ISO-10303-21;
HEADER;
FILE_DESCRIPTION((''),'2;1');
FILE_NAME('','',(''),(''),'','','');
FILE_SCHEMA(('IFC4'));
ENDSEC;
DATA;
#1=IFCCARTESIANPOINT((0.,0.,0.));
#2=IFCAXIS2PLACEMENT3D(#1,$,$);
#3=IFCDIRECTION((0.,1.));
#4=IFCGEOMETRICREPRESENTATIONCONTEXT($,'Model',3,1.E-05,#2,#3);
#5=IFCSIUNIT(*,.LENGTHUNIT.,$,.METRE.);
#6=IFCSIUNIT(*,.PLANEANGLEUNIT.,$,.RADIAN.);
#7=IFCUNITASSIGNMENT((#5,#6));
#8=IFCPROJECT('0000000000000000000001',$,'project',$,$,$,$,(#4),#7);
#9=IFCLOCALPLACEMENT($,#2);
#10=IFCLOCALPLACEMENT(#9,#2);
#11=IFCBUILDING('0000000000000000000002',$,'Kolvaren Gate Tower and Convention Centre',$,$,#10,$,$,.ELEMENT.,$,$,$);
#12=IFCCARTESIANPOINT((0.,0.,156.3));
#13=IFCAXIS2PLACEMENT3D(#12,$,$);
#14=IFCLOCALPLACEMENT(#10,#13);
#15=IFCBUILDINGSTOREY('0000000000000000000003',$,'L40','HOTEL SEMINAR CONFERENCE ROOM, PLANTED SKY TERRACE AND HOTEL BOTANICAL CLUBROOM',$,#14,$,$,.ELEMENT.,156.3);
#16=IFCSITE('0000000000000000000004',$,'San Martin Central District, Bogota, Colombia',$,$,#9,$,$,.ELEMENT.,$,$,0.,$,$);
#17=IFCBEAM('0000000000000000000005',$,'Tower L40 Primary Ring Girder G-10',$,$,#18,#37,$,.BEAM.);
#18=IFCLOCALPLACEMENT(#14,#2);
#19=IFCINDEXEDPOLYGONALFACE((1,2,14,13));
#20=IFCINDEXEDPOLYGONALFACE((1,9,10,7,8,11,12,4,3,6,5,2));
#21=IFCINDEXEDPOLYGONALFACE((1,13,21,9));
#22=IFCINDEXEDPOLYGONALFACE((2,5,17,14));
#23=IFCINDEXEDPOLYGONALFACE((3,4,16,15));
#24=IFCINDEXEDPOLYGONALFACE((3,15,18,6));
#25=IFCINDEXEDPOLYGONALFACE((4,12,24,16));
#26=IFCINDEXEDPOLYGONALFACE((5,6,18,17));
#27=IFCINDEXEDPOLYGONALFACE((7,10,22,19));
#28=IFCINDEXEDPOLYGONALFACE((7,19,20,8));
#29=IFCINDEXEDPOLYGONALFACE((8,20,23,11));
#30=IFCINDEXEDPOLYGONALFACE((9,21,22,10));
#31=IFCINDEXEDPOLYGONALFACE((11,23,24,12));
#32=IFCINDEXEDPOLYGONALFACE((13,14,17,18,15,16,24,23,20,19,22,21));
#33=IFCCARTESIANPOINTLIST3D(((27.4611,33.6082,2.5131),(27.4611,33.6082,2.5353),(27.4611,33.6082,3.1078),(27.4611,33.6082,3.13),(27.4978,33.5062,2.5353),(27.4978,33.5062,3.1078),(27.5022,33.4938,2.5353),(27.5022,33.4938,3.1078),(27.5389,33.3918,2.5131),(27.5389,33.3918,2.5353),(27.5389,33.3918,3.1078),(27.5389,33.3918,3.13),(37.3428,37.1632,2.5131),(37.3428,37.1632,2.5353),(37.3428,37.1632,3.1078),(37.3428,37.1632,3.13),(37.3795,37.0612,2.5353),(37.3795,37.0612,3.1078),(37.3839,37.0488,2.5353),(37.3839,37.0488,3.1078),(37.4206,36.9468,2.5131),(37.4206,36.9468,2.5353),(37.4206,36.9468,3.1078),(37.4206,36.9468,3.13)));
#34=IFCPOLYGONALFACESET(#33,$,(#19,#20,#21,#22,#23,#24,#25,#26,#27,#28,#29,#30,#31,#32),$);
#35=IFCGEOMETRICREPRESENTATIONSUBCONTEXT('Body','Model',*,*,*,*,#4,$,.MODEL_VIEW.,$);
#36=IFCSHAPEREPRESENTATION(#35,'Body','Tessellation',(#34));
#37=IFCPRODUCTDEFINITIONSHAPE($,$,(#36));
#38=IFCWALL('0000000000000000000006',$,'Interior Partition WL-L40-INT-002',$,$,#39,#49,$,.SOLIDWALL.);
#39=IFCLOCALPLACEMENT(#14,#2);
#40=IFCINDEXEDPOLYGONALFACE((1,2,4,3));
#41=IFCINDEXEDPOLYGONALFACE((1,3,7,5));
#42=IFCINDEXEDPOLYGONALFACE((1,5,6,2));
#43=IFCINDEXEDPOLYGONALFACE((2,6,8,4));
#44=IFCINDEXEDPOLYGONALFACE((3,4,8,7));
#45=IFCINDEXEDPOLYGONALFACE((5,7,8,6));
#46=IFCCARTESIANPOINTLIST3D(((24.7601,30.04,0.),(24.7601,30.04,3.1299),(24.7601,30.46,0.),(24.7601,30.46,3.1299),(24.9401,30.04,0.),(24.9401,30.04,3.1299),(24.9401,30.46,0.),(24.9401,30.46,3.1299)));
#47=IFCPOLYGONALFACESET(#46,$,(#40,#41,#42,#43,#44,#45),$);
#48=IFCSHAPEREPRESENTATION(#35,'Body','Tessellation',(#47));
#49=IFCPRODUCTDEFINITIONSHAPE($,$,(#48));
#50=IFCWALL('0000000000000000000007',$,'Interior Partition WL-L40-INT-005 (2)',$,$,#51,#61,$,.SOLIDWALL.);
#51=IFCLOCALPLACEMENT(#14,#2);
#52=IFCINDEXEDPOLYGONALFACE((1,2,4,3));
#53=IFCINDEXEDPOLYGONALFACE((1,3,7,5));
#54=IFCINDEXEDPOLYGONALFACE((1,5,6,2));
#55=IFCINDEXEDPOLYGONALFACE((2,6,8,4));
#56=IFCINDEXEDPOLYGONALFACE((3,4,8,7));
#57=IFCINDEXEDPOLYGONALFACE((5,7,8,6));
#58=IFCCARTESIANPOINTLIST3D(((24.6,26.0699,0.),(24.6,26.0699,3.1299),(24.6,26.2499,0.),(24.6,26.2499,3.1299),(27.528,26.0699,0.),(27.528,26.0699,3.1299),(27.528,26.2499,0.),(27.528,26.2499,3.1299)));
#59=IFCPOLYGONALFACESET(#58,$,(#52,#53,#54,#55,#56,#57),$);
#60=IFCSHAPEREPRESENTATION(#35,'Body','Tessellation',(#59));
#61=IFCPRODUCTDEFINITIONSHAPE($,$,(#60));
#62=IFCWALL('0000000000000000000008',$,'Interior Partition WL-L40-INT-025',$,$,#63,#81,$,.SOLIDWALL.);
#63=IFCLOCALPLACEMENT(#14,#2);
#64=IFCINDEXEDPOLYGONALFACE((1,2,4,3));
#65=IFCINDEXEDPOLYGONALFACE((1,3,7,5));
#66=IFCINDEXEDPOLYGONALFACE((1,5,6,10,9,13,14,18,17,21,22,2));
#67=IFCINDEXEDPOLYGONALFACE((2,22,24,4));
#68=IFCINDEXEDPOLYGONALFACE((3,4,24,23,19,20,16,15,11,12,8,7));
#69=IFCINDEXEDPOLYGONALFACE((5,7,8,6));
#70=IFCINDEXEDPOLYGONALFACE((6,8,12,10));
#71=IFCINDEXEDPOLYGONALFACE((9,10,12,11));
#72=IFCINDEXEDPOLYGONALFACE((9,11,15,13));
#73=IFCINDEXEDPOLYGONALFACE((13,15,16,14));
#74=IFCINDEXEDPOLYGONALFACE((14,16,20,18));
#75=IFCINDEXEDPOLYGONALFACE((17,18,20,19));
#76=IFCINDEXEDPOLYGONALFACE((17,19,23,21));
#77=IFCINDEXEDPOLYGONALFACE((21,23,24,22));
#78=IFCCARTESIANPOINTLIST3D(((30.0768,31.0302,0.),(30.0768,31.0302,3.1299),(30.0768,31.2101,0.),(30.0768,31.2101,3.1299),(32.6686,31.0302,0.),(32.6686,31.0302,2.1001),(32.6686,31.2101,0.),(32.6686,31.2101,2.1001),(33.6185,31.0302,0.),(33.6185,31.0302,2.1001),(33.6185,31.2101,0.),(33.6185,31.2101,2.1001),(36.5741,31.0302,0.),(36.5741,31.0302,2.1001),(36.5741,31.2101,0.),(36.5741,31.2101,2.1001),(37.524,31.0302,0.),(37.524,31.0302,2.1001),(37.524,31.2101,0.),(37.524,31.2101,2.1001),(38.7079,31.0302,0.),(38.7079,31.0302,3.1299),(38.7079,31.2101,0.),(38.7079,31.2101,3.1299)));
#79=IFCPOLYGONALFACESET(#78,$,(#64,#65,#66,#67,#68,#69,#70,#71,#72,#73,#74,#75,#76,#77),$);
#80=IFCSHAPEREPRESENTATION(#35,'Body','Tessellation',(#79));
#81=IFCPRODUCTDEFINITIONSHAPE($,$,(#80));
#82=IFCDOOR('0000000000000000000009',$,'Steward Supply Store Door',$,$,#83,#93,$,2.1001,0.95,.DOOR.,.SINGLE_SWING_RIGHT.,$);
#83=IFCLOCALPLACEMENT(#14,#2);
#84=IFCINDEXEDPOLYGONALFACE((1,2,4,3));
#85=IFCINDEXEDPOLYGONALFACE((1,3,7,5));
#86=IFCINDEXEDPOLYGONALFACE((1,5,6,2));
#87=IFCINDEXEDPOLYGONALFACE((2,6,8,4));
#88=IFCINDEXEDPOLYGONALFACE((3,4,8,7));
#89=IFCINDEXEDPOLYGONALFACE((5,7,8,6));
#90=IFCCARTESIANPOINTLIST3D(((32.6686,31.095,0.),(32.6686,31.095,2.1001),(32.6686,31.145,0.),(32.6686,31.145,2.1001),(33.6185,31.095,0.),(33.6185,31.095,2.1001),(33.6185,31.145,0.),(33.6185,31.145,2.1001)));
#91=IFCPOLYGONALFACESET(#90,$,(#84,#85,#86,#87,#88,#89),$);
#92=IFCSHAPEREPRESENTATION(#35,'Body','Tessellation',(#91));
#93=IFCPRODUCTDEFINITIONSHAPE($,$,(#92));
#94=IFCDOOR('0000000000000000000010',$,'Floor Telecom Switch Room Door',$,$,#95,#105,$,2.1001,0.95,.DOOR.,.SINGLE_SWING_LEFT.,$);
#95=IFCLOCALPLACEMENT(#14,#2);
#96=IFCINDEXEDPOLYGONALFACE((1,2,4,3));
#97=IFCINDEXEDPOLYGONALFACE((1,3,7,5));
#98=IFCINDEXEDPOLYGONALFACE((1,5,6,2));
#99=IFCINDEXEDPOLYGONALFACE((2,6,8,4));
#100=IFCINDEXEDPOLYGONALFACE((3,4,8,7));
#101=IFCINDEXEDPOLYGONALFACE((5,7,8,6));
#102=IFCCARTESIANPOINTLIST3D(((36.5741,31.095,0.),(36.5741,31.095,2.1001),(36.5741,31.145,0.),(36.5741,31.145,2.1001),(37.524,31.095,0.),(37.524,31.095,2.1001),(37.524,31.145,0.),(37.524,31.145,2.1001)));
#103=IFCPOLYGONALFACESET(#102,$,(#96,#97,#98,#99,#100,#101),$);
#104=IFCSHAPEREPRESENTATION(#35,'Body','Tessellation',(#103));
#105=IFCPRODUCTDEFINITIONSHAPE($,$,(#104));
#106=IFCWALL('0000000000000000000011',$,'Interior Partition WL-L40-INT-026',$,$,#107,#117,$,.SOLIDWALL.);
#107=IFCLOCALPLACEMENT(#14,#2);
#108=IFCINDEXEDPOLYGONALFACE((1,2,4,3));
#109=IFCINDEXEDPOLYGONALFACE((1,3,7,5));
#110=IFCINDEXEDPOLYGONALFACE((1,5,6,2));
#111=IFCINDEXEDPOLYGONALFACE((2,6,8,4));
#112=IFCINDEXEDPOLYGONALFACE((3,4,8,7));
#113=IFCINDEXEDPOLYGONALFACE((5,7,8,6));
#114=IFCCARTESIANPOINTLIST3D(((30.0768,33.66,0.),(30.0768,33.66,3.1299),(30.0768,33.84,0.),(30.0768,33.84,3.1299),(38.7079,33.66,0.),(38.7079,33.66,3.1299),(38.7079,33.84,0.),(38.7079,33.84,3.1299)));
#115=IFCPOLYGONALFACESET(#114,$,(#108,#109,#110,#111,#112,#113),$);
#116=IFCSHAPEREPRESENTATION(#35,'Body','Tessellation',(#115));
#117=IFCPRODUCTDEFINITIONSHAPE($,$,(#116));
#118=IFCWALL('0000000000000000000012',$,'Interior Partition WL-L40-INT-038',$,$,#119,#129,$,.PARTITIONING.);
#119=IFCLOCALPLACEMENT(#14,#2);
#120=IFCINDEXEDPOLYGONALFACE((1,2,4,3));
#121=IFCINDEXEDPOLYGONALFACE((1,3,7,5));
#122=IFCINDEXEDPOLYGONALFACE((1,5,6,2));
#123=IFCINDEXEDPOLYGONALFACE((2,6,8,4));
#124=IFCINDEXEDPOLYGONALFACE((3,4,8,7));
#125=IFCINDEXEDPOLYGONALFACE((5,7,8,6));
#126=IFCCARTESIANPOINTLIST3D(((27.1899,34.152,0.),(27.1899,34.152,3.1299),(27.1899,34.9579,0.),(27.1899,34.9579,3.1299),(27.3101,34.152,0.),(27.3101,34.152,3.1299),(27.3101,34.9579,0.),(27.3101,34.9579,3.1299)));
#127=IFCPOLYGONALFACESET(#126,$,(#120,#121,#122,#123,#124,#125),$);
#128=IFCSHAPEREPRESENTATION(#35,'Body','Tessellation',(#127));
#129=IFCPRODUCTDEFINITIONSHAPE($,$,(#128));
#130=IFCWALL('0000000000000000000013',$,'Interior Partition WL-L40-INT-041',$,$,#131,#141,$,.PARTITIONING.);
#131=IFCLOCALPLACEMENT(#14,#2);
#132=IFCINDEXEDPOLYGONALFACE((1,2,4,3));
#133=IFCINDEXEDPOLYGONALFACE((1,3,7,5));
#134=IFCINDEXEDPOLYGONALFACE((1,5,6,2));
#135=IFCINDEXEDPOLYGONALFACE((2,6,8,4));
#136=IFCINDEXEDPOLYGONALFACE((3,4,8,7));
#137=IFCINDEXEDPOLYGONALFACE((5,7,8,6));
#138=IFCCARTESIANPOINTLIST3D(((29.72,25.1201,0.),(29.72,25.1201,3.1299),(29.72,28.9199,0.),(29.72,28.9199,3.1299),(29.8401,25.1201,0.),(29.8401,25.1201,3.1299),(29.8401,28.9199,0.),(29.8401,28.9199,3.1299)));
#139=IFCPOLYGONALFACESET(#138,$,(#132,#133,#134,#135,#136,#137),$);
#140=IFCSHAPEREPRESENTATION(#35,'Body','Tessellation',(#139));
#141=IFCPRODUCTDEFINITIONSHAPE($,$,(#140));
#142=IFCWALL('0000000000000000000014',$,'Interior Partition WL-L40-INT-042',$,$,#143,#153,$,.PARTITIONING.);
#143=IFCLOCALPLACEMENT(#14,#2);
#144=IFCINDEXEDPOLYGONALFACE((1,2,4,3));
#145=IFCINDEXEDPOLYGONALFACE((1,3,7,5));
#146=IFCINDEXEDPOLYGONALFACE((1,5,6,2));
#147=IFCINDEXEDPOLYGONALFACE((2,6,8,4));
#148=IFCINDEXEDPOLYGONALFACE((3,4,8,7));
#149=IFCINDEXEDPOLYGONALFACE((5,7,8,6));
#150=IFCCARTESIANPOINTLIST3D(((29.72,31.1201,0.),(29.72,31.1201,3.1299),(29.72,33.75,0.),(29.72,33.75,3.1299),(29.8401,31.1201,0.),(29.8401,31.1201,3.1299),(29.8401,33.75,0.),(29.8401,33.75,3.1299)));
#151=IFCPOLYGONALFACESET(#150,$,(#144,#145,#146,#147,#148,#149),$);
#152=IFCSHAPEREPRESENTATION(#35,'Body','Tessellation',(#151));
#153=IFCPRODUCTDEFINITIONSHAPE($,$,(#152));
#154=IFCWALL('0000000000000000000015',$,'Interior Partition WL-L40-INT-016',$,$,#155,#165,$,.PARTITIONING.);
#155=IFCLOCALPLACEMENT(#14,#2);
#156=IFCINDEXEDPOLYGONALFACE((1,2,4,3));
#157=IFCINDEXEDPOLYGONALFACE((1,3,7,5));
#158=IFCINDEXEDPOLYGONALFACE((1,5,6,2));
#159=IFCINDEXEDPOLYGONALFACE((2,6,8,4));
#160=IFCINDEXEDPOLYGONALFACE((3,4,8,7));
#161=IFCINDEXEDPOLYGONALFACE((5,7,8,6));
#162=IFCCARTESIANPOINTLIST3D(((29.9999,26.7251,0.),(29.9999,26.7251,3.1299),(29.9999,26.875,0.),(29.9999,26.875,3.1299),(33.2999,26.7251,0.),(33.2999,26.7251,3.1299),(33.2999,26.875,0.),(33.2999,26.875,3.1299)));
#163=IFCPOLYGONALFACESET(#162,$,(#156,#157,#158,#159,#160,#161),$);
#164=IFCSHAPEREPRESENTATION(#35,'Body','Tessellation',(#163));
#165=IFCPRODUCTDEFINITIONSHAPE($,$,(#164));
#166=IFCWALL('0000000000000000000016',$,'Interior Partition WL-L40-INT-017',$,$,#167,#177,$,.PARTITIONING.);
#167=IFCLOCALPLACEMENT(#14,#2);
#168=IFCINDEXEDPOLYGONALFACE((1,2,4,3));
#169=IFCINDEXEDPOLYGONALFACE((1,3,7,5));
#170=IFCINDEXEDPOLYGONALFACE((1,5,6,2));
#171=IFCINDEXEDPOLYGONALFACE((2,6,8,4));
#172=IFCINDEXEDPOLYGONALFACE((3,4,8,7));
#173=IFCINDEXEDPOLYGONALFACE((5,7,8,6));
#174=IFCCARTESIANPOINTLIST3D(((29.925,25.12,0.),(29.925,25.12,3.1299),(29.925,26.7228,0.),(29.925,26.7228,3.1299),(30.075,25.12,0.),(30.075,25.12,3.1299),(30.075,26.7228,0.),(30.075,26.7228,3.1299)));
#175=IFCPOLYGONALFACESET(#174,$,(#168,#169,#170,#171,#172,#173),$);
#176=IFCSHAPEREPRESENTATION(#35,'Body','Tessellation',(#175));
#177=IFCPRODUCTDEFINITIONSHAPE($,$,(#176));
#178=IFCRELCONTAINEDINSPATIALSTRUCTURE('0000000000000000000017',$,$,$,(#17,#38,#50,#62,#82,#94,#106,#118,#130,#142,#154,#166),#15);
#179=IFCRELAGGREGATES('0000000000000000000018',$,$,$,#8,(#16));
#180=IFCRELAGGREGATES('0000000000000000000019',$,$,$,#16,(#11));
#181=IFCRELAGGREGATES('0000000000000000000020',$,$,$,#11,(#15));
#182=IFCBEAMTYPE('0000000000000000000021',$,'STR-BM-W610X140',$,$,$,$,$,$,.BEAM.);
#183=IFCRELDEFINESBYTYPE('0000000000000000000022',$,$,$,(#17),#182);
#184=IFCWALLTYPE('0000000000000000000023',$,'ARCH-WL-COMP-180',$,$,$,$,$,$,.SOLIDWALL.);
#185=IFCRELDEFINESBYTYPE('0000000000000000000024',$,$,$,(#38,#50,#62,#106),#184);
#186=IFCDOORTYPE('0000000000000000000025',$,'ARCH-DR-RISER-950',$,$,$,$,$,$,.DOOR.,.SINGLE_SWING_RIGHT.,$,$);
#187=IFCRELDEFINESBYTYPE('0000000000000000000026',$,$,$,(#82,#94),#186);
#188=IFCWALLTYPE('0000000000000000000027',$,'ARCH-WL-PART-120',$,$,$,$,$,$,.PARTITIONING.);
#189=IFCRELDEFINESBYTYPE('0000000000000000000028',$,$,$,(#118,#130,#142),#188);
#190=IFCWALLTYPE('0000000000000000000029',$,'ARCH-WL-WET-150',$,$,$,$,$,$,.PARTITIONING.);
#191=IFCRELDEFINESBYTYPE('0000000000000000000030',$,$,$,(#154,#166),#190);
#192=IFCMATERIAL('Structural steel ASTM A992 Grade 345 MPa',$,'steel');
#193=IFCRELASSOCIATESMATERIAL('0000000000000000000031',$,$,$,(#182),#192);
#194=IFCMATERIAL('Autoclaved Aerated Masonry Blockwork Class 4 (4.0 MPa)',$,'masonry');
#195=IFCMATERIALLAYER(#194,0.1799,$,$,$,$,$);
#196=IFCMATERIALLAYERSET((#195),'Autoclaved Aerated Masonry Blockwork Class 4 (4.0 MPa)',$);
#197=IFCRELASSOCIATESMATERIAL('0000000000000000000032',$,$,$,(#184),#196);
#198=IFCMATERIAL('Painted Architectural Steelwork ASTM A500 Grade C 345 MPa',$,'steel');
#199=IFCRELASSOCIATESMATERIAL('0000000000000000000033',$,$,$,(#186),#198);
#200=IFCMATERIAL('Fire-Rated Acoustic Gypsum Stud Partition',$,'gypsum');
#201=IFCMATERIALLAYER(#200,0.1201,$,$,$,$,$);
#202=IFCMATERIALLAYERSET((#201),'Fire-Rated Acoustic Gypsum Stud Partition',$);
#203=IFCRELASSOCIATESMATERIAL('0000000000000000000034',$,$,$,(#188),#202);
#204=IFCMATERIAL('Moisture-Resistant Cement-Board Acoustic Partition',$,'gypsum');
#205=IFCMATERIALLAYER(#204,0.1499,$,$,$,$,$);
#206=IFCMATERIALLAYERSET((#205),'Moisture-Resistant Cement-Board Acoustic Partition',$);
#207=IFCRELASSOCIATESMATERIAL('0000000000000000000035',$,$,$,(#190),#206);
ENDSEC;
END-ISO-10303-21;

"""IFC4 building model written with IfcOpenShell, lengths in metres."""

from ifc_helpers import new_model, si_unit, direction, frame, frame_2d, origin, origin_2d, place, context, subcontext, project, spatial, rectangle, i_section, extrude, material, layer, layer_set, material_profile, profile_set, type_object, element, fill, save


model = new_model("IFC4")

# Units and contexts
model_context = context("Model", 3, precision=1e-05, world=origin(), true_north=direction((0.0, 1.0)))
body_context = subcontext(model_context, "Body", "Model", "MODEL_VIEW")
ifc_project = project(units=[si_unit("LENGTHUNIT", "METRE"), si_unit("PLANEANGLEUNIT", "RADIAN")], contexts=[model_context])

# Site, building, storey
site_placement = place(None, origin())
site = spatial("IfcSite", under=ifc_project, at=site_placement, Name="San Martin Central District, Bogota, Colombia", CompositionType="ELEMENT", RefElevation=0.0)
building_placement = place(site_placement, origin())
building = spatial("IfcBuilding", under=site, at=building_placement, Name="Kolvaren Gate Tower and Convention Centre", CompositionType="ELEMENT")
storey_placement = place(building_placement, frame((0.0, 0.0, 156.3)))
storey = spatial("IfcBuildingStorey", under=building, at=storey_placement, Name="L40", Description="HOTEL SEMINAR CONFERENCE ROOM, PLANTED SKY TERRACE AND HOTEL BOTANICAL CLUBROOM", CompositionType="ELEMENT", Elevation=156.3)

# Beam
ifc_material_1 = material(Name="Structural steel ASTM A992 Grade 345 MPa", Category="steel")
ifc_material_profile = material_profile(ifc_material_1, i_section(OverallWidth=0.23, OverallDepth=0.6169, WebThickness=0.0132, FlangeThickness=0.0222, at=origin_2d()), Name="W610X140")
ifc_profile_set = profile_set([ifc_material_profile], Name="Structural steel ASTM A992 Grade 345 MPa")
beam_type = type_object("IfcBeamType", Name="STR-BM-W610X140", PredefinedType="BEAM", material=ifc_profile_set)
beam_placement = place(storey_placement, frame((27.5, 33.5, 2.8215), z_axis=(0.940961, 0.338514, 0.0), x_axis=(-0.338514, 0.940961, 0.0)))
element("IfcBeam", 1, at=beam_placement, inside=storey, type_object=beam_type, Name="Tower L40 Primary Ring Girder G-10", PredefinedType="BEAM", context=body_context, shape_type="SweptSolid", body=[
    extrude(i_section(OverallWidth=0.23, OverallDepth=0.6169, WebThickness=0.0132, FlangeThickness=0.0222, at=origin_2d()), origin(), (0.0, 0.0, 1.0), 10.5017),
])

# Walls
ifc_material_2 = material(Name="Autoclaved Aerated Masonry Blockwork Class 4 (4.0 MPa)", Category="masonry")
ifc_layer_1 = layer(ifc_material_2, 0.1799)
ifc_layer_set_1 = layer_set([ifc_layer_1], Name="Autoclaved Aerated Masonry Blockwork Class 4 (4.0 MPa)")
wall_type_1 = type_object("IfcWallType", Name="ARCH-WL-COMP-180", PredefinedType="SOLIDWALL", material=ifc_layer_set_1)
wall_1_placement = place(storey_placement, frame((24.8501, 30.04, 0.0), z_axis=(0.0, 0.0, 1.0), x_axis=(0.0, 1.0, 0.0)))
element("IfcWall", 2, at=wall_1_placement, inside=storey, type_object=wall_type_1, Name="Interior Partition WL-L40-INT-002", PredefinedType="SOLIDWALL", context=body_context, shape_type="SweptSolid", body=[
    extrude(rectangle(XDim=0.4199, YDim=0.1799, at=frame_2d((0.21, 0.0))), origin(), (0.0, 0.0, 1.0), 3.1299),
])
wall_2_placement = place(storey_placement, frame((24.6001, 26.1599, 0.0), z_axis=(0.0, 0.0, 1.0), x_axis=(1.0, 0.0, 0.0)))
element("IfcWall", 3, at=wall_2_placement, inside=storey, type_object=wall_type_1, Name="Interior Partition WL-L40-INT-005 (2)", PredefinedType="SOLIDWALL", context=body_context, shape_type="SweptSolid", body=[
    extrude(rectangle(XDim=2.928, YDim=0.1799, at=frame_2d((1.4639, 0.0))), origin(), (0.0, 0.0, 1.0), 3.1299),
])

# Wall, openings, doors
wall_3_placement = place(storey_placement, frame((30.0769, 31.1201, 0.0), z_axis=(0.0, 0.0, 1.0), x_axis=(1.0, 0.0, 0.0)))
wall_3 = element("IfcWall", 4, at=wall_3_placement, inside=storey, type_object=wall_type_1, Name="Interior Partition WL-L40-INT-025", PredefinedType="SOLIDWALL", context=body_context, shape_type="SweptSolid", body=[
    extrude(rectangle(XDim=8.6311, YDim=0.1799, at=frame_2d((4.3154, 0.0))), origin(), (0.0, 0.0, 1.0), 3.1299),
])
opening_1_placement = place(wall_3_placement, frame((2.5916, 0.0, 0.0)))
opening_1 = element("IfcOpeningElement", 5, at=opening_1_placement, cuts=wall_3, PredefinedType="OPENING", context=body_context, shape_type="SweptSolid", body=[
    extrude(rectangle(XDim=0.95, YDim=2.1001, at=frame_2d((0.4751, 1.05))), frame((0.0, 0.0999, 0.0), z_axis=(0.0, -1.0, 0.0), x_axis=(1.0, 0.0, 0.0)), (0.0, 0.0, 1.0), 0.2),
])
opening_2_placement = place(wall_3_placement, frame((6.4971, 0.0, 0.0)))
opening_2 = element("IfcOpeningElement", 6, at=opening_2_placement, cuts=wall_3, PredefinedType="OPENING", context=body_context, shape_type="SweptSolid", body=[
    extrude(rectangle(XDim=0.95, YDim=2.1001, at=frame_2d((0.4751, 1.05))), frame((0.0, 0.0999, 0.0), z_axis=(0.0, -1.0, 0.0), x_axis=(1.0, 0.0, 0.0)), (0.0, 0.0, 1.0), 0.2),
])
ifc_material_3 = material(Name="Painted Architectural Steelwork ASTM A500 Grade C 345 MPa", Category="steel")
door_type_1 = type_object("IfcDoorType", Name="ARCH-DR-RISER-950", OperationType="SINGLE_SWING_RIGHT", PredefinedType="DOOR", material=ifc_material_3)
door_1_placement = place(opening_1_placement, origin())
door_1 = element("IfcDoor", 7, at=door_1_placement, inside=storey, type_object=door_type_1, Name="Steward Supply Store Door", OperationType="SINGLE_SWING_RIGHT", OverallHeight=2.1001, OverallWidth=0.95, PredefinedType="DOOR", context=body_context, shape_type="SweptSolid", body=[
    extrude(rectangle(XDim=0.95, YDim=2.1001, at=frame_2d((0.4751, 1.05))), frame((0.0, 0.0249, 0.0), z_axis=(0.0, -1.0, 0.0), x_axis=(1.0, 0.0, 0.0)), (0.0, 0.0, 1.0), 0.05),
])
fill(opening_1, door_1)
door_2_placement = place(opening_2_placement, origin())
door_2 = element("IfcDoor", 8, at=door_2_placement, inside=storey, type_object=door_type_1, Name="Floor Telecom Switch Room Door", OperationType="SINGLE_SWING_LEFT", OverallHeight=2.1001, OverallWidth=0.95, PredefinedType="DOOR", context=body_context, shape_type="SweptSolid", body=[
    extrude(rectangle(XDim=0.95, YDim=2.1001, at=frame_2d((0.4751, 1.05))), frame((0.0, 0.0249, 0.0), z_axis=(0.0, -1.0, 0.0), x_axis=(1.0, 0.0, 0.0)), (0.0, 0.0, 1.0), 0.05),
])
fill(opening_2, door_2)

# Walls
wall_4_placement = place(storey_placement, frame((30.0769, 33.75, 0.0), z_axis=(0.0, 0.0, 1.0), x_axis=(1.0, 0.0, 0.0)))
element("IfcWall", 9, at=wall_4_placement, inside=storey, type_object=wall_type_1, Name="Interior Partition WL-L40-INT-026", PredefinedType="SOLIDWALL", context=body_context, shape_type="SweptSolid", body=[
    extrude(rectangle(XDim=8.6311, YDim=0.1799, at=frame_2d((4.3154, 0.0))), origin(), (0.0, 0.0, 1.0), 3.1299),
])
ifc_material_4 = material(Name="Fire-Rated Acoustic Gypsum Stud Partition", Category="gypsum")
ifc_layer_2 = layer(ifc_material_4, 0.1201)
ifc_layer_set_2 = layer_set([ifc_layer_2], Name="Fire-Rated Acoustic Gypsum Stud Partition")
wall_type_2 = type_object("IfcWallType", Name="ARCH-WL-PART-120", PredefinedType="PARTITIONING", material=ifc_layer_set_2)
wall_5_placement = place(storey_placement, frame((27.25, 34.1521, 0.0), z_axis=(0.0, 0.0, 1.0), x_axis=(0.0, 1.0, 0.0)))
element("IfcWall", 10, at=wall_5_placement, inside=storey, type_object=wall_type_2, Name="Interior Partition WL-L40-INT-038", PredefinedType="PARTITIONING", context=body_context, shape_type="SweptSolid", body=[
    extrude(rectangle(XDim=0.8059, YDim=0.1201, at=frame_2d((0.4028, 0.0))), origin(), (0.0, 0.0, 1.0), 3.1299),
])
wall_6_placement = place(storey_placement, frame((29.78, 25.1201, 0.0), z_axis=(0.0, 0.0, 1.0), x_axis=(0.0, 1.0, 0.0)))
element("IfcWall", 11, at=wall_6_placement, inside=storey, type_object=wall_type_2, Name="Interior Partition WL-L40-INT-041", PredefinedType="PARTITIONING", context=body_context, shape_type="SweptSolid", body=[
    extrude(rectangle(XDim=3.7998, YDim=0.1201, at=frame_2d((1.8999, 0.0))), origin(), (0.0, 0.0, 1.0), 3.1299),
])
wall_7_placement = place(storey_placement, frame((29.78, 31.1201, 0.0), z_axis=(0.0, 0.0, 1.0), x_axis=(0.0, 1.0, 0.0)))
element("IfcWall", 12, at=wall_7_placement, inside=storey, type_object=wall_type_2, Name="Interior Partition WL-L40-INT-042", PredefinedType="PARTITIONING", context=body_context, shape_type="SweptSolid", body=[
    extrude(rectangle(XDim=2.6299, YDim=0.1201, at=frame_2d((1.3149, 0.0))), origin(), (0.0, 0.0, 1.0), 3.1299),
])
ifc_material_5 = material(Name="Moisture-Resistant Cement-Board Acoustic Partition", Category="gypsum")
ifc_layer_3 = layer(ifc_material_5, 0.1499)
ifc_layer_set_3 = layer_set([ifc_layer_3], Name="Moisture-Resistant Cement-Board Acoustic Partition")
wall_type_3 = type_object("IfcWallType", Name="ARCH-WL-WET-150", PredefinedType="PARTITIONING", material=ifc_layer_set_3)
wall_8_placement = place(storey_placement, frame((30.0, 26.8, 0.0), z_axis=(0.0, 0.0, 1.0), x_axis=(1.0, 0.0, 0.0)))
element("IfcWall", 13, at=wall_8_placement, inside=storey, type_object=wall_type_3, Name="Interior Partition WL-L40-INT-016", PredefinedType="PARTITIONING", context=body_context, shape_type="SweptSolid", body=[
    extrude(rectangle(XDim=3.3, YDim=0.1499, at=frame_2d((1.6499, 0.0))), origin(), (0.0, 0.0, 1.0), 3.1299),
])
wall_9_placement = place(storey_placement, frame((30.0, 25.1201, 0.0), z_axis=(0.0, 0.0, 1.0), x_axis=(0.0, 1.0, 0.0)))
element("IfcWall", 14, at=wall_9_placement, inside=storey, type_object=wall_type_3, Name="Interior Partition WL-L40-INT-017", PredefinedType="PARTITIONING", context=body_context, shape_type="SweptSolid", body=[
    extrude(rectangle(XDim=1.6028, YDim=0.1499, at=frame_2d((0.8013, 0.0))), origin(), (0.0, 0.0, 1.0), 3.1299),
])

save(model, "model.ifc")
